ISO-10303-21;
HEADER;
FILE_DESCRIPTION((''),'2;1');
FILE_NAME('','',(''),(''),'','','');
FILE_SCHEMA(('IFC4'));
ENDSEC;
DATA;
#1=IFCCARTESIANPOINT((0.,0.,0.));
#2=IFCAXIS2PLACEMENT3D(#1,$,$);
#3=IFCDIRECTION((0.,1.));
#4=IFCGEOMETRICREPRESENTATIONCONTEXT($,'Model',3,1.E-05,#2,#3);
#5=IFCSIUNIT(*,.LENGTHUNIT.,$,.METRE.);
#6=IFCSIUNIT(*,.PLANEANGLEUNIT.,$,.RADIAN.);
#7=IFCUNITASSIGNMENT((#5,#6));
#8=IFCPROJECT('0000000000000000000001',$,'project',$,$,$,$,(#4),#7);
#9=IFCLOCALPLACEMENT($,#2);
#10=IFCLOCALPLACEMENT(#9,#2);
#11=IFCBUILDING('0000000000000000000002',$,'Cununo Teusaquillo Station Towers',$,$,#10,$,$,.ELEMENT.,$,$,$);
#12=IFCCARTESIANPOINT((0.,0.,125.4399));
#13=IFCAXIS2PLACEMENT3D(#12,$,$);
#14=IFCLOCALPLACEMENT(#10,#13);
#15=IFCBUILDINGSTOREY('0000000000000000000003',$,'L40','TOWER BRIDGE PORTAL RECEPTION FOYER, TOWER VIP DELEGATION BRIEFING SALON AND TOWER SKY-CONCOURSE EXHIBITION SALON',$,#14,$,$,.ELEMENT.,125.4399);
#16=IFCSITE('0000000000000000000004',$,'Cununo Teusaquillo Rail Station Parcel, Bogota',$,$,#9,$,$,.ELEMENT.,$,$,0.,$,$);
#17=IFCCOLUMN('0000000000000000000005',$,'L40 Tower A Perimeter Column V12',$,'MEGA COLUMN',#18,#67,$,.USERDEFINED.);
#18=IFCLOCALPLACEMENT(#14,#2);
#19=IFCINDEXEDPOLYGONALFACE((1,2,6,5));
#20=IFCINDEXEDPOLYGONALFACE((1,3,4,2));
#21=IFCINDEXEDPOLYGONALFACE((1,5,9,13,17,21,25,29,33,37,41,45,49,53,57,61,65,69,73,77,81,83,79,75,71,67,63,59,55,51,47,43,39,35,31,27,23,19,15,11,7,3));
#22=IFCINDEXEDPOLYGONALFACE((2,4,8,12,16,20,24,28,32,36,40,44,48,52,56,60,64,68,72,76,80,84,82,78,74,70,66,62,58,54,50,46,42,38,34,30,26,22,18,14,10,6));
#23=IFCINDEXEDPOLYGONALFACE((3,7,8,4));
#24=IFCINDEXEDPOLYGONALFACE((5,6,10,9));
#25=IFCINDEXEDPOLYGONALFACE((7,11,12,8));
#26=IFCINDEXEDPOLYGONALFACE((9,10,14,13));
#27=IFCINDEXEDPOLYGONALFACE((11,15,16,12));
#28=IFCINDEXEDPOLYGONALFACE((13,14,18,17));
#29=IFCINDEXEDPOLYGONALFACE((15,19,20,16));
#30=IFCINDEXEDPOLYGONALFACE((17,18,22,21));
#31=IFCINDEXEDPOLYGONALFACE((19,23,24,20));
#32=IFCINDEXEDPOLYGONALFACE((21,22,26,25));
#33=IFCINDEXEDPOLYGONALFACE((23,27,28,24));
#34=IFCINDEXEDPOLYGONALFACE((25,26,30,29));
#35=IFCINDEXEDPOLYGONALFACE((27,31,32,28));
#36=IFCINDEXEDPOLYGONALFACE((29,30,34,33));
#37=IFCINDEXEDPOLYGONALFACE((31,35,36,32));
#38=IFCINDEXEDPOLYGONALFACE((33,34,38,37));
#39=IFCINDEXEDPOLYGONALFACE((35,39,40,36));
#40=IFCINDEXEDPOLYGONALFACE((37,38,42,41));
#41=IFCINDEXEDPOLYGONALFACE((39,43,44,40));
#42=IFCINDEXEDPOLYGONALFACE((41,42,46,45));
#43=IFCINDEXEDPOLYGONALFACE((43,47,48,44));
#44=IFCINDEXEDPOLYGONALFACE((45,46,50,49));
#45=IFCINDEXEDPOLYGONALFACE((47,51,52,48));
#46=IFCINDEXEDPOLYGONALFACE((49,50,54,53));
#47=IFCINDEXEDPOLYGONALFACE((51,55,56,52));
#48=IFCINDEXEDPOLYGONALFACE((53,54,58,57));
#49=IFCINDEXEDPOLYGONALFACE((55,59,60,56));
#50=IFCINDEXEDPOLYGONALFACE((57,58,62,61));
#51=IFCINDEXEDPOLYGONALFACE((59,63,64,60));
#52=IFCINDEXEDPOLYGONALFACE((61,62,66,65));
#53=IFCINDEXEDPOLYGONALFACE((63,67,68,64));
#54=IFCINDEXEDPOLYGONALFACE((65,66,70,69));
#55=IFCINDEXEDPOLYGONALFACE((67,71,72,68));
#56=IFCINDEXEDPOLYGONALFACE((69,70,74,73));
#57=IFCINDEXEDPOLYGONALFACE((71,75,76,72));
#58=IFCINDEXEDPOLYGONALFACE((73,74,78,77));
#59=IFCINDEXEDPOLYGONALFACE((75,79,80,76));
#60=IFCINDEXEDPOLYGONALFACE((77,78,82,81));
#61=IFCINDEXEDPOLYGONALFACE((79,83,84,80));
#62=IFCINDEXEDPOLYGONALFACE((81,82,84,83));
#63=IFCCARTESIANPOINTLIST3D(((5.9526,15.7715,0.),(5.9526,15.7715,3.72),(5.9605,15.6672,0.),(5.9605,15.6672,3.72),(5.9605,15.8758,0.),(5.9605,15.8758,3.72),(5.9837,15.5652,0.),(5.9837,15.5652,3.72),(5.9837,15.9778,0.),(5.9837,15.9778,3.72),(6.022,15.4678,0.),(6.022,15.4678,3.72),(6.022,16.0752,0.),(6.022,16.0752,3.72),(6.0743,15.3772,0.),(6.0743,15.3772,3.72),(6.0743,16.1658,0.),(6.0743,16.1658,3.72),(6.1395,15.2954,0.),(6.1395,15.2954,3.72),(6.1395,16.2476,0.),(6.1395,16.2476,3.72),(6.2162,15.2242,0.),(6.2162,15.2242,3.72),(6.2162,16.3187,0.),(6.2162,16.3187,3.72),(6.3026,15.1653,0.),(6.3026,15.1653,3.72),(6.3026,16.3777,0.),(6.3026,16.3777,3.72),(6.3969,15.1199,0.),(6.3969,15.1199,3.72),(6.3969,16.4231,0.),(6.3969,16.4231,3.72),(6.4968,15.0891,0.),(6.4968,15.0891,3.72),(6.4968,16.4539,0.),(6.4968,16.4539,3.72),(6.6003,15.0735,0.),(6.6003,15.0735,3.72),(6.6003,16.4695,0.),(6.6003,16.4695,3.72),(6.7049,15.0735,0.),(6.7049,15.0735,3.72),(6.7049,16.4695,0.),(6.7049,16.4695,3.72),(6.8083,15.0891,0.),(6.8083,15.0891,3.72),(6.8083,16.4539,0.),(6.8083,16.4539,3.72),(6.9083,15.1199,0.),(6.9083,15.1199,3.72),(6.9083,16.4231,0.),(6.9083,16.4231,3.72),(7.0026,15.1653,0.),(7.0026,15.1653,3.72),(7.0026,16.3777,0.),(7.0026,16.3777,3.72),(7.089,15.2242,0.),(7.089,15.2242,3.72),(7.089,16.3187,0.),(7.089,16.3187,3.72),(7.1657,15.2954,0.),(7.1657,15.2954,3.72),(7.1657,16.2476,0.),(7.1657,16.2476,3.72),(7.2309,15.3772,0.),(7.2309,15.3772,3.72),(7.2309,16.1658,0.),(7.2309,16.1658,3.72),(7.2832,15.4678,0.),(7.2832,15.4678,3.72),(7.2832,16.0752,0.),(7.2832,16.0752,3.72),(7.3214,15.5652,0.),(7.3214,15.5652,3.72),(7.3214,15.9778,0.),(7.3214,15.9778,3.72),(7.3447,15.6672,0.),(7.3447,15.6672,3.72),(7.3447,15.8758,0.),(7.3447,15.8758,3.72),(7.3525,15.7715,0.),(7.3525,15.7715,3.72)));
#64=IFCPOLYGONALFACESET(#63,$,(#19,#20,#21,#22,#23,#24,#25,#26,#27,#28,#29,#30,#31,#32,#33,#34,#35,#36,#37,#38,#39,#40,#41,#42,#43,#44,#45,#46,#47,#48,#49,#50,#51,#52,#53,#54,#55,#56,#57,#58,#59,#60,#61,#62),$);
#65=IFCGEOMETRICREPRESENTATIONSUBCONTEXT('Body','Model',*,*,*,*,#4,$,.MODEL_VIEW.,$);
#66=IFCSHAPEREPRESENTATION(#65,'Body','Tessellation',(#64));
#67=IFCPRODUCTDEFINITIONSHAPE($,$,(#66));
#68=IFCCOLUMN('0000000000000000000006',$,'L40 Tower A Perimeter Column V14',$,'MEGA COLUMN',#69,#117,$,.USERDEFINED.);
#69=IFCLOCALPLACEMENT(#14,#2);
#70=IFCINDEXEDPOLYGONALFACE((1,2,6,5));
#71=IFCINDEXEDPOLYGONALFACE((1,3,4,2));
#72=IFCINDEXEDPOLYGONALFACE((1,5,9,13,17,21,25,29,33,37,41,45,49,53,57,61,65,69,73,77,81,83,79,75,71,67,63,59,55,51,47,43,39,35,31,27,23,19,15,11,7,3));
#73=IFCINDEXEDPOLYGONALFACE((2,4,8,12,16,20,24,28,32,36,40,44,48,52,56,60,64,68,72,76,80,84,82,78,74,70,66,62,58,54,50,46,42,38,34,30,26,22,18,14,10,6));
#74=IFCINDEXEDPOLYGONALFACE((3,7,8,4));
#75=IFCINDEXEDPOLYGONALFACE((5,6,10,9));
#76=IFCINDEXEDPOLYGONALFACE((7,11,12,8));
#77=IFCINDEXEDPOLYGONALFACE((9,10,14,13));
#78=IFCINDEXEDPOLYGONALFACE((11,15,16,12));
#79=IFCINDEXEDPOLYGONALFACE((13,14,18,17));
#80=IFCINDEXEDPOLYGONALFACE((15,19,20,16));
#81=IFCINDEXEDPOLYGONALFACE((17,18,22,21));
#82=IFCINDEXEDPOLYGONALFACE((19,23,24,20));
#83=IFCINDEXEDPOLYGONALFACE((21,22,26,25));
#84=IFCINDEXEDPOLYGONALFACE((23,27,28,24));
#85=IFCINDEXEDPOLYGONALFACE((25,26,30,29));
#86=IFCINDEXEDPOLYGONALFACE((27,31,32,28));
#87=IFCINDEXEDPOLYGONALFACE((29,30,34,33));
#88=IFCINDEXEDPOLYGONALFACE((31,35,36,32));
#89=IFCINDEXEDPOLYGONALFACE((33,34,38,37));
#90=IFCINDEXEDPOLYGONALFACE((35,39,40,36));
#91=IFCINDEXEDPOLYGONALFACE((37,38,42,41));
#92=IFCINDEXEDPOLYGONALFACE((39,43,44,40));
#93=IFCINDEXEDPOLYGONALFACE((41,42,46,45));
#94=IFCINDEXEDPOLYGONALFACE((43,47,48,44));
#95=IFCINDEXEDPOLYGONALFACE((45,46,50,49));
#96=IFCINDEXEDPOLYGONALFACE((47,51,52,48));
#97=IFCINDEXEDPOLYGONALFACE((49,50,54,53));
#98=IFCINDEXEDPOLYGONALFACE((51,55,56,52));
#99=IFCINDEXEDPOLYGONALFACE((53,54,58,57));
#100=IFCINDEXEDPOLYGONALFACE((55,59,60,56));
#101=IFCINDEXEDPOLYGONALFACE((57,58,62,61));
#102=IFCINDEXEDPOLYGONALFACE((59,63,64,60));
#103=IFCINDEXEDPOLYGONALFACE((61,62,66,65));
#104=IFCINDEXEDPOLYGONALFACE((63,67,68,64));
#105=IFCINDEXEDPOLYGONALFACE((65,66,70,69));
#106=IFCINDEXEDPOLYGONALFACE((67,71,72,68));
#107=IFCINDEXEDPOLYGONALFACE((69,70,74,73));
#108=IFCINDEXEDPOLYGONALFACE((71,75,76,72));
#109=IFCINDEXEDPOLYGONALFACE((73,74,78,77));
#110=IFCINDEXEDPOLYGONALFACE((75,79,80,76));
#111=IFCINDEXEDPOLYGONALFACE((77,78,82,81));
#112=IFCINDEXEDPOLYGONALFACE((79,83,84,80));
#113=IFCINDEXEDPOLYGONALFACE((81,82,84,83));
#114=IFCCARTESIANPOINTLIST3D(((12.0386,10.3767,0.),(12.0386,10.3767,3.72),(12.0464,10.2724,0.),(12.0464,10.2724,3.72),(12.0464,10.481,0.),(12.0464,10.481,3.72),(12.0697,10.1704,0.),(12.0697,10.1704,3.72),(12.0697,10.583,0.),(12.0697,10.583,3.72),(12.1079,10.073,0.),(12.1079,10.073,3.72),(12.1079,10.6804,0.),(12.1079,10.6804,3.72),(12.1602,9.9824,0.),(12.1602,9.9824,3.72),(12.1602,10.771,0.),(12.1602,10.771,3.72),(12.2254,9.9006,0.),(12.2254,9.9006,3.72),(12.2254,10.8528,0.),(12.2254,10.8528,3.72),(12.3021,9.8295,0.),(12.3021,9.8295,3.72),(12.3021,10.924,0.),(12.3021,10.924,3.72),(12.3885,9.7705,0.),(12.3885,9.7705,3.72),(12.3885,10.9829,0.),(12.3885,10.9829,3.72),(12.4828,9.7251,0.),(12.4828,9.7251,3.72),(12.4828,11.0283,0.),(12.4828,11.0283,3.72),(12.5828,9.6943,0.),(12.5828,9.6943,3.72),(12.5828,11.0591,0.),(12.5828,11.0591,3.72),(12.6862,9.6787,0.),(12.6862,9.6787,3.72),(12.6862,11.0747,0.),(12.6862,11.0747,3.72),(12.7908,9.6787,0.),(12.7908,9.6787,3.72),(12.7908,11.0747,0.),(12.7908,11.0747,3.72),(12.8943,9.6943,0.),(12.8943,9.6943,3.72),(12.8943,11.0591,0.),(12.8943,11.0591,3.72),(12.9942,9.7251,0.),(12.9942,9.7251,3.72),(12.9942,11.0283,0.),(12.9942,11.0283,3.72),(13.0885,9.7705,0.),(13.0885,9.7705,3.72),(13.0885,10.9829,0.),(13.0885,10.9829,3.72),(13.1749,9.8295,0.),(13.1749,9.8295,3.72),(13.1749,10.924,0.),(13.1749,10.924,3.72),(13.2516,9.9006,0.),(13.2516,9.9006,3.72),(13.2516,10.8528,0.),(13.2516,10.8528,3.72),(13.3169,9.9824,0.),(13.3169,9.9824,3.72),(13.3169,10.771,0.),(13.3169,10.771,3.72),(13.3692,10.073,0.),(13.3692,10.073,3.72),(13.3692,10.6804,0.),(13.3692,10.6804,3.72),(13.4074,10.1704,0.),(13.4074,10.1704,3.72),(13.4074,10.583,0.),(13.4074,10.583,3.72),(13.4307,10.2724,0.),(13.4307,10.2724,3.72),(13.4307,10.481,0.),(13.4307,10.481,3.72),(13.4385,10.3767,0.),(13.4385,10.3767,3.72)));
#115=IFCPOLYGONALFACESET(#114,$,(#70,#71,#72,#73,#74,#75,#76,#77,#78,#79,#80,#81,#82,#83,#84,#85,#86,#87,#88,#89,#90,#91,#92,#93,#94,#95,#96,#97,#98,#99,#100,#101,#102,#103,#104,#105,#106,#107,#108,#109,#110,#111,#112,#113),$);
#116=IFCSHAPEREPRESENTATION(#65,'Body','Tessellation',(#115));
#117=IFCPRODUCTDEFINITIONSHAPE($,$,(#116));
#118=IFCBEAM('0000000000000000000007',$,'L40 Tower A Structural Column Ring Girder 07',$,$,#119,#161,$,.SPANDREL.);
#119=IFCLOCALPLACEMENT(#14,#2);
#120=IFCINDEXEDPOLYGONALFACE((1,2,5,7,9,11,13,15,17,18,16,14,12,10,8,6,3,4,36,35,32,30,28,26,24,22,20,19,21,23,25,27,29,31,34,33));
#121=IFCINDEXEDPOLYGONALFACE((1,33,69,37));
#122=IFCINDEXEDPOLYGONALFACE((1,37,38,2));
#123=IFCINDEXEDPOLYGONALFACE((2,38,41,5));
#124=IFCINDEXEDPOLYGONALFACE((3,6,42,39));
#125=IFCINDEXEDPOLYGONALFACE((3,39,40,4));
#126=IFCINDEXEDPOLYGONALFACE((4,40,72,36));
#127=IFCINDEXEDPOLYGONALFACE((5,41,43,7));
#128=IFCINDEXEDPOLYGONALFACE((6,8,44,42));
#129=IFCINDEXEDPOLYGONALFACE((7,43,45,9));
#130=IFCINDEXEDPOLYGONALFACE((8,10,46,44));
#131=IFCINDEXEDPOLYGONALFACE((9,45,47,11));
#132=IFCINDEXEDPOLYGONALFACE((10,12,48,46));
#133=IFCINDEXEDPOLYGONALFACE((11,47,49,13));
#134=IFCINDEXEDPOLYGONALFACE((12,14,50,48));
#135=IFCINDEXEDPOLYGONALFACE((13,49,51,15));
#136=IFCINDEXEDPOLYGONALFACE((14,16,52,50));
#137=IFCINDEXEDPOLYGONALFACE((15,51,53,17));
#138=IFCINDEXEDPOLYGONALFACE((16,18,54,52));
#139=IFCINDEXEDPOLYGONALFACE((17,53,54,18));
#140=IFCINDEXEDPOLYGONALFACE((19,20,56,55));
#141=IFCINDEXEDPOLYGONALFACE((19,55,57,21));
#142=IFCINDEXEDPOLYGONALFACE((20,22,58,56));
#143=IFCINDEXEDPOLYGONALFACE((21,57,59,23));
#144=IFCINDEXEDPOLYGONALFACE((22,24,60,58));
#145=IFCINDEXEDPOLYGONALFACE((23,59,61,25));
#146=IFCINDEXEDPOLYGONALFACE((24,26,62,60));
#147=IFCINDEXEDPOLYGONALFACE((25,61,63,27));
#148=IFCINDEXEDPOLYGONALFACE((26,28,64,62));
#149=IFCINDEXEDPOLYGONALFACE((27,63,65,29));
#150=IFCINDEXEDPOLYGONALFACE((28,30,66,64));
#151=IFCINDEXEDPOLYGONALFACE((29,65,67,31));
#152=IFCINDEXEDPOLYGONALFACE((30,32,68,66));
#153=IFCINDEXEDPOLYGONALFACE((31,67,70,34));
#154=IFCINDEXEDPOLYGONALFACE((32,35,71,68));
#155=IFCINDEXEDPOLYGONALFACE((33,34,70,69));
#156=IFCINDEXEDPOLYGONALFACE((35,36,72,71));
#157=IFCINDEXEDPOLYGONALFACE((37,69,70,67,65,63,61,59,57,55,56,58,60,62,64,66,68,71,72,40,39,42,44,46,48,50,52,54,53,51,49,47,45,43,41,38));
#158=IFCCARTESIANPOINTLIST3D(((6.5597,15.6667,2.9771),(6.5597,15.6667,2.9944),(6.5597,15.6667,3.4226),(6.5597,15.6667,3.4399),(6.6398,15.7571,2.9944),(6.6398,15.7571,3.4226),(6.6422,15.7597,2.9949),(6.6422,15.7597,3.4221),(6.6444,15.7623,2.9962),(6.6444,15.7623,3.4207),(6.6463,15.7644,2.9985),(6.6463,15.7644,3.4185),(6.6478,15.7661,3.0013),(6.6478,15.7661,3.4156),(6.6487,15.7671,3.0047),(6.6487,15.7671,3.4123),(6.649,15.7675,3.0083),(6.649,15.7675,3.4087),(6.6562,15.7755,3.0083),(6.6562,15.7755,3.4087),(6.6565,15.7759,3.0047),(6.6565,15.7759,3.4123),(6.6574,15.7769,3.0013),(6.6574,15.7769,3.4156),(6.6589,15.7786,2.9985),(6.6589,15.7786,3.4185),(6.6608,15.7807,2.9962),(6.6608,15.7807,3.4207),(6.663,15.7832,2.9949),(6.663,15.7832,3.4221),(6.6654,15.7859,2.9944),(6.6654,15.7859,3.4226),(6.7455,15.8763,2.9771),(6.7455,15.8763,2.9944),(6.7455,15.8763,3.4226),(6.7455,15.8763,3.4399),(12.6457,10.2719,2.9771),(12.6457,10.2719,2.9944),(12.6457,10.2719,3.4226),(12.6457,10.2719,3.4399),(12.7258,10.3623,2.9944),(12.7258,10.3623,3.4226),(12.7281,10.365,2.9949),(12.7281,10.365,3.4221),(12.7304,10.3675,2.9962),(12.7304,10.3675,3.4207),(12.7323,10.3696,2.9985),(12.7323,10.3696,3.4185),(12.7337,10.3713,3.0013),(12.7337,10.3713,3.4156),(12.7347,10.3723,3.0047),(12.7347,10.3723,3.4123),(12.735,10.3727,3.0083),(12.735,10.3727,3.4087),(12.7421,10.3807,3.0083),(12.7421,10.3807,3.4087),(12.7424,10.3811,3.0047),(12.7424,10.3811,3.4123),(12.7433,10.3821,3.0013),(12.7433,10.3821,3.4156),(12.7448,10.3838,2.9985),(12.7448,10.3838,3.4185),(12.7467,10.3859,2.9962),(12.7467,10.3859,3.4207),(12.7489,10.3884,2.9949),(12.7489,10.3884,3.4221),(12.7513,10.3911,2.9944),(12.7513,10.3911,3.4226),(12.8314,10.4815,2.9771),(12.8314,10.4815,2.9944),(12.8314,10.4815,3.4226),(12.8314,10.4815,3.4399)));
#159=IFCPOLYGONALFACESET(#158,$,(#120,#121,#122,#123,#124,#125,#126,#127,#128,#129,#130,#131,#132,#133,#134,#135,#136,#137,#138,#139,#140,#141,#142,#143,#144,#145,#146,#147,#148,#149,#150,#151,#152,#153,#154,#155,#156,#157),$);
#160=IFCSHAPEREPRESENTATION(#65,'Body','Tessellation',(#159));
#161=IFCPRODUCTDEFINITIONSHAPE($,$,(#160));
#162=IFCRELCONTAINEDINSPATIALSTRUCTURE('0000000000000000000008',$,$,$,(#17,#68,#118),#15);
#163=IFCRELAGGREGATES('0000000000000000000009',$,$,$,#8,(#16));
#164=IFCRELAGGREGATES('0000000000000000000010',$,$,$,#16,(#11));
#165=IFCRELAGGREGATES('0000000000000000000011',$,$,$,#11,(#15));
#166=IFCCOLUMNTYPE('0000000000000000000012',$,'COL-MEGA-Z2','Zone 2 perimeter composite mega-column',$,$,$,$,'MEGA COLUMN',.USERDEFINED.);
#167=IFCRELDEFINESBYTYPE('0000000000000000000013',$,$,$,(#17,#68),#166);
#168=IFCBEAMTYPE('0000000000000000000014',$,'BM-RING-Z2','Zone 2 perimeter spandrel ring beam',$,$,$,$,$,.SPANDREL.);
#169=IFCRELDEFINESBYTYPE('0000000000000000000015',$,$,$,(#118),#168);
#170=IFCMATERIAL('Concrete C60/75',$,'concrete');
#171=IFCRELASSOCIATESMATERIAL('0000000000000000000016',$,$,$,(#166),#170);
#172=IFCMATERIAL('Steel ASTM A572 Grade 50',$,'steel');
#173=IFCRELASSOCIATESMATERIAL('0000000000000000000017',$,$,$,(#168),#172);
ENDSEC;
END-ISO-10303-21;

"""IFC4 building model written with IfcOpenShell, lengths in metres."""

from ifc_helpers import new_model, si_unit, direction, frame, origin, origin_2d, place, context, subcontext, project, spatial, circle, i_section, extrude, material, material_profile, profile_set, type_object, element, save


model = new_model("IFC4")

# Units and contexts
model_context = context("Model", 3, precision=1e-05, world=origin(), true_north=direction((0.0, 1.0)))
body_context = subcontext(model_context, "Body", "Model", "MODEL_VIEW")
ifc_project = project(units=[si_unit("LENGTHUNIT", "METRE"), si_unit("PLANEANGLEUNIT", "RADIAN")], contexts=[model_context])

# Site, building, storey
site_placement = place(None, origin())
site = spatial("IfcSite", under=ifc_project, at=site_placement, Name="Cununo Teusaquillo Rail Station Parcel, Bogota", CompositionType="ELEMENT", RefElevation=0.0)
building_placement = place(site_placement, origin())
building = spatial("IfcBuilding", under=site, at=building_placement, Name="Cununo Teusaquillo Station Towers", CompositionType="ELEMENT")
storey_placement = place(building_placement, frame((0.0, 0.0, 125.4399)))
storey = spatial("IfcBuildingStorey", under=building, at=storey_placement, Name="L40", Description="TOWER BRIDGE PORTAL RECEPTION FOYER, TOWER VIP DELEGATION BRIEFING SALON AND TOWER SKY-CONCOURSE EXHIBITION SALON", CompositionType="ELEMENT", Elevation=125.4399)

# Columns
ifc_material_1 = material(Name="Concrete C60/75", Category="concrete")
ifc_material_profile_1 = material_profile(ifc_material_1, circle(Radius=0.7, at=origin_2d()), Name="RC-CIRC-1400")
ifc_profile_set_1 = profile_set([ifc_material_profile_1], Name="Concrete C60/75")
column_type = type_object("IfcColumnType", Name="COL-MEGA-Z2", Description="Zone 2 perimeter composite mega-column", ElementType="MEGA COLUMN", PredefinedType="USERDEFINED", material=ifc_profile_set_1)
for number, where, z_axis, x_axis, name in (
    (1, (6.6526, 15.7715, 0.0), (0.0, 0.0, 1.0), (1.0, 0.0, 0.0), "L40 Tower A Perimeter Column V12"),
    (2, (12.7385, 10.3767, 0.0), (0.0, 0.0, 1.0), (1.0, 0.0, 0.0), "L40 Tower A Perimeter Column V14"),
):
    element("IfcColumn", number, at=place(storey_placement, frame(where, z_axis=z_axis, x_axis=x_axis)), inside=storey, type_object=column_type, Name=name, ObjectType="MEGA COLUMN", PredefinedType="USERDEFINED", context=body_context, shape_type="SweptSolid", body=[
        extrude(circle(Radius=0.7, at=origin_2d()), origin(), (0.0, 0.0, 1.0), 3.72),
    ])

# Beam
ifc_material_2 = material(Name="Steel ASTM A572 Grade 50", Category="steel")
ifc_material_profile_2 = material_profile(ifc_material_2, i_section(OverallWidth=0.28, OverallDepth=0.4629, WebThickness=0.0107, FlangeThickness=0.0173, FilletRadius=0.0139, at=origin_2d()), Name="W18X76")
ifc_profile_set_2 = profile_set([ifc_material_profile_2], Name="Steel ASTM A572 Grade 50")
beam_type = type_object("IfcBeamType", Name="BM-RING-Z2", Description="Zone 2 perimeter spandrel ring beam", PredefinedType="SPANDREL", material=ifc_profile_set_2)
beam_1_placement = place(storey_placement, frame((6.6526, 15.7715, 3.2085), z_axis=(0.748321, -0.663337, 0.0), x_axis=(0.663337, 0.748321, 0.0)))
element("IfcBeam", 3, at=beam_1_placement, inside=storey, type_object=beam_type, Name="L40 Tower A Structural Column Ring Girder 07", PredefinedType="SPANDREL", context=body_context, shape_type="SweptSolid", body=[
    extrude(i_section(OverallWidth=0.28, OverallDepth=0.4629, WebThickness=0.0107, FlangeThickness=0.0173, FilletRadius=0.0139, at=origin_2d()), origin(), (0.0, 0.0, 1.0), 8.1328),
])

save(model, "model.ifc")
